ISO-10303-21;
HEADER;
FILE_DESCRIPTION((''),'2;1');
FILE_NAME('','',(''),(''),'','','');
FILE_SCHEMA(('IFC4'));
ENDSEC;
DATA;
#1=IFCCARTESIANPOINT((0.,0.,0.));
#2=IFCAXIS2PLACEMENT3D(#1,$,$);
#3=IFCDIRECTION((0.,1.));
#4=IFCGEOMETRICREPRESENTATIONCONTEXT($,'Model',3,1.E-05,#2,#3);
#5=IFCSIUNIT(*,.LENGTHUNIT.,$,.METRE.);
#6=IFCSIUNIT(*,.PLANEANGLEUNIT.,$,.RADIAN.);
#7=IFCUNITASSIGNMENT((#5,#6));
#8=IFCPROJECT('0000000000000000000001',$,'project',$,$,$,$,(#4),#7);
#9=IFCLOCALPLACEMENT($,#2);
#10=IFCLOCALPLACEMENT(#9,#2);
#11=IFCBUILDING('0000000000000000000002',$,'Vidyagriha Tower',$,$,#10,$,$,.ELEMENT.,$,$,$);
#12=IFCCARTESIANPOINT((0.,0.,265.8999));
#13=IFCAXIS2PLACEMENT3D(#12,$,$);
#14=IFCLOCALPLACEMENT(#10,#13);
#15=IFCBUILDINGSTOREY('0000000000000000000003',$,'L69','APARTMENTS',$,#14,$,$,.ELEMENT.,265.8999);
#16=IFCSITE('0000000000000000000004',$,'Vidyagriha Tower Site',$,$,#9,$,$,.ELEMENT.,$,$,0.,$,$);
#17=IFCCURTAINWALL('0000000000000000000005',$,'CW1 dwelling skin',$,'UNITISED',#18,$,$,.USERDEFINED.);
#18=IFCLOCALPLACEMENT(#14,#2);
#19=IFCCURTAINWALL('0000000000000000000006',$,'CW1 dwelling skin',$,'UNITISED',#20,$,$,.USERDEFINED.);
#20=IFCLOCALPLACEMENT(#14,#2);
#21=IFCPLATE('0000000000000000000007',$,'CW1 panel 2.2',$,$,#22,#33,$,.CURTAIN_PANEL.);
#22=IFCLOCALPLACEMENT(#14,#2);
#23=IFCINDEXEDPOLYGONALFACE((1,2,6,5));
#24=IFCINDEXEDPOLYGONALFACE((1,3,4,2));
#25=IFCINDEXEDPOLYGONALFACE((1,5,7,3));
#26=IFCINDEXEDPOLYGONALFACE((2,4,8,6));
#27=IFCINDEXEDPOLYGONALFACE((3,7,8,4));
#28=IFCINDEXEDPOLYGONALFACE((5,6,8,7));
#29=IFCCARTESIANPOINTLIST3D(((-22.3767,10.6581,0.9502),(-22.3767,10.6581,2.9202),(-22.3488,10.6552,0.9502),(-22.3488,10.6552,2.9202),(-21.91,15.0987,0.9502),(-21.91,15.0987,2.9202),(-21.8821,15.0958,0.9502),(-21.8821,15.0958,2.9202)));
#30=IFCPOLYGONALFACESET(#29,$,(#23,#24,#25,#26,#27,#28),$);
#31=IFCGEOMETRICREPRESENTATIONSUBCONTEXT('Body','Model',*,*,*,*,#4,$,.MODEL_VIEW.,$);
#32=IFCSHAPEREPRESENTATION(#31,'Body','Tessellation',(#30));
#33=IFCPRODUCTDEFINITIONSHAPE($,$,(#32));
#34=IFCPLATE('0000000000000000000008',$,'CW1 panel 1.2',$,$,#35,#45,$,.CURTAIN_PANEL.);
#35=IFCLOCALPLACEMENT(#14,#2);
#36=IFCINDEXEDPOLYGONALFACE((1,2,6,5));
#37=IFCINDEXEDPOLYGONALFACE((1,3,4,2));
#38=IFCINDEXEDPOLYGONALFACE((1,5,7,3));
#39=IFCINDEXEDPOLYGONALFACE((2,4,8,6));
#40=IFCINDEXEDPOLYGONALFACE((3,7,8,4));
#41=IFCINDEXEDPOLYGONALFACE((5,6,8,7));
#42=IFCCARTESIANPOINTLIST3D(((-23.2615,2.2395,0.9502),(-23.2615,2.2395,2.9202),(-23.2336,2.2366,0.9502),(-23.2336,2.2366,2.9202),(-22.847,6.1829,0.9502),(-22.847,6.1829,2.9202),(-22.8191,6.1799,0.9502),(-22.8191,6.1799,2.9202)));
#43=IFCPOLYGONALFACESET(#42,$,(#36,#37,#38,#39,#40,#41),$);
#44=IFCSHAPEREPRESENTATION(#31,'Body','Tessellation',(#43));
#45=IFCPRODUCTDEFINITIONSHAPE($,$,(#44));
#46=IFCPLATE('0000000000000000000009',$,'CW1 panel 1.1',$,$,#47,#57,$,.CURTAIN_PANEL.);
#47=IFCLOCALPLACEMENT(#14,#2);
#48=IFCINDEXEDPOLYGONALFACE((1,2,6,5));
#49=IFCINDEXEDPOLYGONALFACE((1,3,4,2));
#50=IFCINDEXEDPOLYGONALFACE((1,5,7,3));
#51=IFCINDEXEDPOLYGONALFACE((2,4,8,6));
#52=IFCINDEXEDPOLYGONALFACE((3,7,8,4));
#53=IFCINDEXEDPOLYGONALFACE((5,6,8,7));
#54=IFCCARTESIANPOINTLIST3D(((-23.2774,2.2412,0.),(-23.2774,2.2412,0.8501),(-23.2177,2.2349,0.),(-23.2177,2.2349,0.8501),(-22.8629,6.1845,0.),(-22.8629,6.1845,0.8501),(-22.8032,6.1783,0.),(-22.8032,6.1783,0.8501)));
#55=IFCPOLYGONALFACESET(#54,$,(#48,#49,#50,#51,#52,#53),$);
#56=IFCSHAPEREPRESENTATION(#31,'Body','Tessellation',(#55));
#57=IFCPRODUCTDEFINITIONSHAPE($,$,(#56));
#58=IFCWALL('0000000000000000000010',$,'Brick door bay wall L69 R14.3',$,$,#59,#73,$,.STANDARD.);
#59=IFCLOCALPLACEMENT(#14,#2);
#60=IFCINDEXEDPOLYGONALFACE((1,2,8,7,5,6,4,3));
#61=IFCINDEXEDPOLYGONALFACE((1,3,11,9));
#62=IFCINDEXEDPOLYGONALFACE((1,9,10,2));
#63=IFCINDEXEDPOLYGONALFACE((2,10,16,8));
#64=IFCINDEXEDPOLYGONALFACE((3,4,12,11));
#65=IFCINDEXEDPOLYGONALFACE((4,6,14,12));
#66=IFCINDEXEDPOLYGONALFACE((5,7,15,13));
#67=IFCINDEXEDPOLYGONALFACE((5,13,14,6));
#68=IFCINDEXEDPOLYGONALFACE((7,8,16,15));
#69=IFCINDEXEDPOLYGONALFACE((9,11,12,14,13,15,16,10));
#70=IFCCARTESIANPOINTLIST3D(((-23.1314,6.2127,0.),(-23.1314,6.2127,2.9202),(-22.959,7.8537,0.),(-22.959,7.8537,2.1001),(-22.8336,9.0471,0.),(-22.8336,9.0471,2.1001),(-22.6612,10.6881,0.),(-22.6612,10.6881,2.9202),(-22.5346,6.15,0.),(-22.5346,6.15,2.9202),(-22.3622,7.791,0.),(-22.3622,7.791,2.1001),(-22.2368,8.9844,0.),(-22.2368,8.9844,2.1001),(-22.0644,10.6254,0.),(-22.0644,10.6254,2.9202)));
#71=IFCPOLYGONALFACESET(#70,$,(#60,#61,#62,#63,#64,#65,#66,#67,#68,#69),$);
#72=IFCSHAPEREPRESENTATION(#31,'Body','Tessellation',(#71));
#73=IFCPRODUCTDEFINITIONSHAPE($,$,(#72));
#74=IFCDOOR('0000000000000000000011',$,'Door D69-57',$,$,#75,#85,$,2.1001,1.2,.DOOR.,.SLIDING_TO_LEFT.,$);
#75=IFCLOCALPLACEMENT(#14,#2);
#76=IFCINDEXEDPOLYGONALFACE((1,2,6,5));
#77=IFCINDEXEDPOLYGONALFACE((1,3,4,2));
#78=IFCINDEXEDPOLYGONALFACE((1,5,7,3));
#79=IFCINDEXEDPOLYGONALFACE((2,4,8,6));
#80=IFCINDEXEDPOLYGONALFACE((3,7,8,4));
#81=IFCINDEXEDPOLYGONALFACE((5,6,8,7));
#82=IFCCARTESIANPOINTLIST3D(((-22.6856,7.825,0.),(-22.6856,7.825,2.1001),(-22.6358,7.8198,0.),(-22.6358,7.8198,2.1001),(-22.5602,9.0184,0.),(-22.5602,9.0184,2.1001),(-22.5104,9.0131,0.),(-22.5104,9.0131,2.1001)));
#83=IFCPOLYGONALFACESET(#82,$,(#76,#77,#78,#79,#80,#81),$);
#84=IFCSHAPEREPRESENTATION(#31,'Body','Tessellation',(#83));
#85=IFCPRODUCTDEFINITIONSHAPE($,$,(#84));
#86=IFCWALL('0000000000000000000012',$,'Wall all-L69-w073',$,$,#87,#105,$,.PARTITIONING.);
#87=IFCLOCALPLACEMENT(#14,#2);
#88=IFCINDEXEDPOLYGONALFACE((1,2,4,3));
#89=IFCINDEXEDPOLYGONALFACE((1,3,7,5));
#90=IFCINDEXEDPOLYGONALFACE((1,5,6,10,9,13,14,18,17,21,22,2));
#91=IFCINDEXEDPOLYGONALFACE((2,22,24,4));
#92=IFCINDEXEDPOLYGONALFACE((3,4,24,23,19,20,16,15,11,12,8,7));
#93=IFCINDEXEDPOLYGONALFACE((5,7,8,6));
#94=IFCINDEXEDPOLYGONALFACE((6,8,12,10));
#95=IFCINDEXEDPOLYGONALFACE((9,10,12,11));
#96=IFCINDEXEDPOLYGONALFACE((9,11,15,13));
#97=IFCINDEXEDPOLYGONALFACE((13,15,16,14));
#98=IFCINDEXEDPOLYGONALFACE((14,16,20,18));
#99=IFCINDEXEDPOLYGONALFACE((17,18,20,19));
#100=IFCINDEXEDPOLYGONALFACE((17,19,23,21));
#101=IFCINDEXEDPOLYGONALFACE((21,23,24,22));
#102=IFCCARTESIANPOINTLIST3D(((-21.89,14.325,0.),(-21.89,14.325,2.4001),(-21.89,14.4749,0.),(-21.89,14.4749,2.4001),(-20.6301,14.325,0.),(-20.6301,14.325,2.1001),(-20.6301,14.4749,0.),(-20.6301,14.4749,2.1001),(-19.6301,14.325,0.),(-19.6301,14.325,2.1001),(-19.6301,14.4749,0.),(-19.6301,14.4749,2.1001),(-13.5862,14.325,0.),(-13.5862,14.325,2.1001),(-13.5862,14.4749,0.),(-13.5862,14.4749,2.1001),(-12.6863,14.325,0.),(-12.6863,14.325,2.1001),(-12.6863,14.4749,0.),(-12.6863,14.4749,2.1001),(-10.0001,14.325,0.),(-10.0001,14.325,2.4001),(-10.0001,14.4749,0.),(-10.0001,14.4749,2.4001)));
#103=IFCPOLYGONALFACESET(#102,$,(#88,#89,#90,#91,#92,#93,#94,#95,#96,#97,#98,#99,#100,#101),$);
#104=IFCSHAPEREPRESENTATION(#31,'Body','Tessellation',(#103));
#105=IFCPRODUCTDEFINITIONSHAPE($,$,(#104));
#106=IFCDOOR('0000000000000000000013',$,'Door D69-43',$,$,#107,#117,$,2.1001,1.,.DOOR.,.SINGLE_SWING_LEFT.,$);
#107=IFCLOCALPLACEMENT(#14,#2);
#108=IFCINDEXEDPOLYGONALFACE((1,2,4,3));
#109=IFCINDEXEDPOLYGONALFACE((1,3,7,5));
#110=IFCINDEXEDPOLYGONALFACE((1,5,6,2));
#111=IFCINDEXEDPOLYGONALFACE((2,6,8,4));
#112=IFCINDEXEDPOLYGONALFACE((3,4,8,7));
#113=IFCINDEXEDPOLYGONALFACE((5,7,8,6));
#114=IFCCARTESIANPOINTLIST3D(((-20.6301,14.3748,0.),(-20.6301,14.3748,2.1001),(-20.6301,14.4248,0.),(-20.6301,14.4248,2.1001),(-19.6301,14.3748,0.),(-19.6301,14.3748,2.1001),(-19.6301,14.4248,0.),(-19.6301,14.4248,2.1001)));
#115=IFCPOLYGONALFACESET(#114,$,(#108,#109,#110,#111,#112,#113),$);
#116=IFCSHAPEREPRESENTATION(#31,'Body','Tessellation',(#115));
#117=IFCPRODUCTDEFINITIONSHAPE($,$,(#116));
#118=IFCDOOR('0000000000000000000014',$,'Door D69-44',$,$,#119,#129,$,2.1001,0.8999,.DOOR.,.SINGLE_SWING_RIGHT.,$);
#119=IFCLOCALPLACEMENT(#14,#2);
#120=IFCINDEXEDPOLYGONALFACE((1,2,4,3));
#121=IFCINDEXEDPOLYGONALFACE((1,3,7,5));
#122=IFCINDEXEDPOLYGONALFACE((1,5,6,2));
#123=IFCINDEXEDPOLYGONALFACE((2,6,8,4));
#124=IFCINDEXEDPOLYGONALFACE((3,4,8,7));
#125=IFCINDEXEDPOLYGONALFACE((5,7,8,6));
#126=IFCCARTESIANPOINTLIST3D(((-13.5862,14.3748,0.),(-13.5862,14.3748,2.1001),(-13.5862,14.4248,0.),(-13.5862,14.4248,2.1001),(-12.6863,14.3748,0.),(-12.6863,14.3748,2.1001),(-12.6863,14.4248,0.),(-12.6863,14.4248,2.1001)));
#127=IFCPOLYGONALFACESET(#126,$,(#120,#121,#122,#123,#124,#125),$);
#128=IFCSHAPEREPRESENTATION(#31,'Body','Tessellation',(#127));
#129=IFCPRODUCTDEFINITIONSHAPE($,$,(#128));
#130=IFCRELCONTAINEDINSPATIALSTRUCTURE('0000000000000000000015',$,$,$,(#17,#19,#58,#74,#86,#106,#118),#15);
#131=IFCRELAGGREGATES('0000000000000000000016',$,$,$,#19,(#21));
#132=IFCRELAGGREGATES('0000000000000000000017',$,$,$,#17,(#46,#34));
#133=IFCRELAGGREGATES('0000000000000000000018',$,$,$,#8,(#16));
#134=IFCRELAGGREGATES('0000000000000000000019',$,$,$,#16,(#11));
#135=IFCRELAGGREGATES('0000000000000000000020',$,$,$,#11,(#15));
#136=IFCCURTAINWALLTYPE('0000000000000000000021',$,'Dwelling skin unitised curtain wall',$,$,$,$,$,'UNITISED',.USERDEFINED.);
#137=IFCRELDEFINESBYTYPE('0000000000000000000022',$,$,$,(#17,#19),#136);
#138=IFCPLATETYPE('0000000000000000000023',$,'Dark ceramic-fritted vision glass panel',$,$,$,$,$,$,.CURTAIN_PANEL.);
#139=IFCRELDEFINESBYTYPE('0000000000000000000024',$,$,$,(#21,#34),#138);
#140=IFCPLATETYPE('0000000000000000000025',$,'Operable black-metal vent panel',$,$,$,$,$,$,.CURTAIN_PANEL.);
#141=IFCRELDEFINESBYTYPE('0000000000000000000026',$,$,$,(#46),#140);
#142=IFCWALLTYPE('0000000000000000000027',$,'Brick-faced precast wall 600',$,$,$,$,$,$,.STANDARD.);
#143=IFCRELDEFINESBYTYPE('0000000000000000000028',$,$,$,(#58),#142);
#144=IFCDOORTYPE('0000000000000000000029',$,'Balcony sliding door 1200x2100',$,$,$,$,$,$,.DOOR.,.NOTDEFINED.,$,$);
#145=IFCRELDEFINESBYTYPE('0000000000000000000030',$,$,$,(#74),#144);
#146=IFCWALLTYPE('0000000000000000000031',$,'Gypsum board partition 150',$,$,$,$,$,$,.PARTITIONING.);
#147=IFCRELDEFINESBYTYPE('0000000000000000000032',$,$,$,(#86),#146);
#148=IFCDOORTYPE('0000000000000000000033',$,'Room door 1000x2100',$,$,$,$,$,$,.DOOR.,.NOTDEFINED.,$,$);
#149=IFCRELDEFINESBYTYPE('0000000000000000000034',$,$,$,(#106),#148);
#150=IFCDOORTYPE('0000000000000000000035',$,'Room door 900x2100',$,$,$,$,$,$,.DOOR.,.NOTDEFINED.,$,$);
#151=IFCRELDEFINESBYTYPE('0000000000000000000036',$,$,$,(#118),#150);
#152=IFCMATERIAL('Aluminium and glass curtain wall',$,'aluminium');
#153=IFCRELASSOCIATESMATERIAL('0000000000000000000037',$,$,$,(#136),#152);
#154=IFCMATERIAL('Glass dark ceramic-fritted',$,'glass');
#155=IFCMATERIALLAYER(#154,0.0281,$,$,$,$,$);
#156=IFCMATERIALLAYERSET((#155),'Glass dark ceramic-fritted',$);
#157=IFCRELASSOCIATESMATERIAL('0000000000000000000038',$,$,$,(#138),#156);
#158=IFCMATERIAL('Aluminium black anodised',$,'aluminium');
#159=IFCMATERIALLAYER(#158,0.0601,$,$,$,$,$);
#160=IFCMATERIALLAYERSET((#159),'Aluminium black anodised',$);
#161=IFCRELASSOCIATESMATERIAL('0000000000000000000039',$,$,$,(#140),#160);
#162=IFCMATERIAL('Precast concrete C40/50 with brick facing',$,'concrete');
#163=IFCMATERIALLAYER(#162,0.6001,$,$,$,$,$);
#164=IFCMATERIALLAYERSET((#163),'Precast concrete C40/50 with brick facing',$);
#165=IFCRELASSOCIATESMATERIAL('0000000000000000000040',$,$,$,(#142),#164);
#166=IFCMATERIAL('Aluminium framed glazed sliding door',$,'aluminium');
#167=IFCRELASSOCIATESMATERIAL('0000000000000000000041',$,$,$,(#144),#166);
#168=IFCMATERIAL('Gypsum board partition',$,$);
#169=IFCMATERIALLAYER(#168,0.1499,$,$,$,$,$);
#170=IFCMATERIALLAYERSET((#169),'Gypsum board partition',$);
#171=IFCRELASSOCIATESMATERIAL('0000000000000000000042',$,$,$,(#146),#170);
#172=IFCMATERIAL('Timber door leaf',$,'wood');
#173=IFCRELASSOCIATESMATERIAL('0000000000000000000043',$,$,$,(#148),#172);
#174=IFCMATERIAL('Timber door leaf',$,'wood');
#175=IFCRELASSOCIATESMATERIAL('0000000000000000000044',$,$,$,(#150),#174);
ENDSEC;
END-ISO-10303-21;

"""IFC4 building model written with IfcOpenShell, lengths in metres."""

from ifc_helpers import new_model, si_unit, direction, frame, frame_2d, origin, origin_2d, place, context, subcontext, project, spatial, rectangle, extrude, material, layer, layer_set, type_object, element, fill, aggregate, save


model = new_model("IFC4")

# Units and contexts
model_context = context("Model", 3, precision=1e-05, world=origin(), true_north=direction((0.0, 1.0)))
body_context = subcontext(model_context, "Body", "Model", "MODEL_VIEW")
ifc_project = project(units=[si_unit("LENGTHUNIT", "METRE"), si_unit("PLANEANGLEUNIT", "RADIAN")], contexts=[model_context])

# Site, building, storey
site_placement = place(None, origin())
site = spatial("IfcSite", under=ifc_project, at=site_placement, Name="Vidyagriha Tower Site", CompositionType="ELEMENT", RefElevation=0.0)
building_placement = place(site_placement, origin())
building = spatial("IfcBuilding", under=site, at=building_placement, Name="Vidyagriha Tower", CompositionType="ELEMENT")
storey_placement = place(building_placement, frame((0.0, 0.0, 265.8999)))
storey = spatial("IfcBuildingStorey", under=building, at=storey_placement, Name="L69", Description="APARTMENTS", CompositionType="ELEMENT", Elevation=265.8999)

# Curtain walls
ifc_material_1 = material(Name="Aluminium and glass curtain wall", Category="aluminium")
curtain_wall_type = type_object("IfcCurtainWallType", Name="Dwelling skin unitised curtain wall", ElementType="UNITISED", PredefinedType="USERDEFINED", material=ifc_material_1)
curtain_wall_1_placement = place(storey_placement, origin())
curtain_wall_1 = element("IfcCurtainWall", 1, at=curtain_wall_1_placement, inside=storey, type_object=curtain_wall_type, Name="CW1 dwelling skin", ObjectType="UNITISED", PredefinedType="USERDEFINED")
curtain_wall_2_placement = place(storey_placement, origin())
curtain_wall_2 = element("IfcCurtainWall", 2, at=curtain_wall_2_placement, inside=storey, type_object=curtain_wall_type, Name="CW1 dwelling skin", ObjectType="UNITISED", PredefinedType="USERDEFINED")

# Plates
ifc_material_2 = material(Name="Glass dark ceramic-fritted", Category="glass")
ifc_layer_1 = layer(ifc_material_2, 0.0281)
ifc_layer_set_1 = layer_set([ifc_layer_1], Name="Glass dark ceramic-fritted")
plate_type_1 = type_object("IfcPlateType", Name="Dark ceramic-fritted vision glass panel", PredefinedType="CURTAIN_PANEL", material=ifc_layer_set_1)
plate_1_placement = place(storey_placement, frame((-22.1294, 12.877, 0.9502), z_axis=(0.0, 0.0, 1.0), x_axis=(-0.104525, -0.994522, 0.0)))
plate_1 = element("IfcPlate", 3, at=plate_1_placement, type_object=plate_type_1, Name="CW1 panel 2.2", PredefinedType="CURTAIN_PANEL", context=body_context, shape_type="SweptSolid", body=[
    extrude(rectangle(XDim=4.4651, YDim=0.0281, at=origin_2d()), origin(), (0.0, 0.0, 1.0), 1.97),
])
aggregate(curtain_wall_2, [plate_1])
plate_2_placement = place(storey_placement, frame((-23.0403, 4.2097, 0.9502), z_axis=(0.0, 0.0, 1.0), x_axis=(-0.104533, -0.994521, 0.0)))
plate_2 = element("IfcPlate", 4, at=plate_2_placement, type_object=plate_type_1, Name="CW1 panel 1.2", PredefinedType="CURTAIN_PANEL", context=body_context, shape_type="SweptSolid", body=[
    extrude(rectangle(XDim=3.9651, YDim=0.0281, at=origin_2d()), origin(), (0.0, 0.0, 1.0), 1.97),
])
ifc_material_3 = material(Name="Aluminium black anodised", Category="aluminium")
ifc_layer_2 = layer(ifc_material_3, 0.0601)
ifc_layer_set_2 = layer_set([ifc_layer_2], Name="Aluminium black anodised")
plate_type_2 = type_object("IfcPlateType", Name="Operable black-metal vent panel", PredefinedType="CURTAIN_PANEL", material=ifc_layer_set_2)
plate_3_placement = place(storey_placement, frame((-23.0403, 4.2097, 0.0), z_axis=(0.0, 0.0, 1.0), x_axis=(-0.104533, -0.994521, 0.0)))
plate_3 = element("IfcPlate", 5, at=plate_3_placement, type_object=plate_type_2, Name="CW1 panel 1.1", PredefinedType="CURTAIN_PANEL", context=body_context, shape_type="SweptSolid", body=[
    extrude(rectangle(XDim=3.9651, YDim=0.0601, at=origin_2d()), origin(), (0.0, 0.0, 1.0), 0.8501),
])
aggregate(curtain_wall_1, [plate_3, plate_2])

# Wall, opening, door
ifc_material_4 = material(Name="Precast concrete C40/50 with brick facing", Category="concrete")
ifc_layer_3 = layer(ifc_material_4, 0.6001)
ifc_layer_set_3 = layer_set([ifc_layer_3], Name="Precast concrete C40/50 with brick facing")
wall_type_1 = type_object("IfcWallType", Name="Brick-faced precast wall 600", PredefinedType="STANDARD", material=ifc_layer_set_3)
wall_1_placement = place(storey_placement, frame((-22.3628, 10.6567, 0.0), z_axis=(0.0, 0.0, 1.0), x_axis=(-0.104493, -0.994526, 0.0)))
wall_1 = element("IfcWall", 6, at=wall_1_placement, inside=storey, type_object=wall_type_1, Name="Brick door bay wall L69 R14.3", PredefinedType="STANDARD", context=body_context, shape_type="SweptSolid", body=[
    extrude(rectangle(XDim=4.5, YDim=0.6001, at=frame_2d((2.25, 0.0))), origin(), (0.0, 0.0, 1.0), 2.9202),
])
opening_1_placement = place(wall_1_placement, frame((1.6499, 0.0, 0.0)))
opening_1 = element("IfcOpeningElement", 7, at=opening_1_placement, cuts=wall_1, PredefinedType="OPENING", context=body_context, shape_type="SweptSolid", body=[
    extrude(rectangle(XDim=1.2, YDim=2.1001, at=frame_2d((0.6001, 1.05))), frame((0.0, 0.3101, 0.0), z_axis=(0.0, -1.0, 0.0), x_axis=(1.0, 0.0, 0.0)), (0.0, 0.0, 1.0), 0.6201),
])
ifc_material_5 = material(Name="Aluminium framed glazed sliding door", Category="aluminium")
door_type_1 = type_object("IfcDoorType", Name="Balcony sliding door 1200x2100", OperationType="NOTDEFINED", PredefinedType="DOOR", material=ifc_material_5)
door_1_placement = place(opening_1_placement, origin())
door_1 = element("IfcDoor", 8, at=door_1_placement, inside=storey, type_object=door_type_1, Name="Door D69-57", OperationType="SLIDING_TO_LEFT", OverallHeight=2.1001, OverallWidth=1.2, PredefinedType="DOOR", context=body_context, shape_type="SweptSolid", body=[
    extrude(rectangle(XDim=1.2, YDim=2.1001, at=frame_2d((0.6001, 1.05))), frame((0.0, 0.0249, 0.0), z_axis=(0.0, -1.0, 0.0), x_axis=(1.0, 0.0, 0.0)), (0.0, 0.0, 1.0), 0.05),
])
fill(opening_1, door_1)

# Wall, openings, doors
ifc_material_6 = material(Name="Gypsum board partition")
ifc_layer_4 = layer(ifc_material_6, 0.1499)
ifc_layer_set_4 = layer_set([ifc_layer_4], Name="Gypsum board partition")
wall_type_2 = type_object("IfcWallType", Name="Gypsum board partition 150", PredefinedType="PARTITIONING", material=ifc_layer_set_4)
wall_2_placement = place(storey_placement, frame((-21.8899, 14.3999, 0.0)))
wall_2 = element("IfcWall", 9, at=wall_2_placement, inside=storey, type_object=wall_type_2, Name="Wall all-L69-w073", PredefinedType="PARTITIONING", context=body_context, shape_type="SweptSolid", body=[
    extrude(rectangle(XDim=11.8899, YDim=0.1499, at=frame_2d((5.9448, 0.0))), origin(), (0.0, 0.0, 1.0), 2.4001),
])
opening_2_placement = place(wall_2_placement, frame((1.2598, 0.0, 0.0)))
opening_2 = element("IfcOpeningElement", 10, at=opening_2_placement, cuts=wall_2, PredefinedType="OPENING", context=body_context, shape_type="SweptSolid", body=[
    extrude(rectangle(XDim=1.0, YDim=2.1001, at=frame_2d((0.5, 1.05))), frame((0.0, 0.085, 0.0), z_axis=(0.0, -1.0, 0.0), x_axis=(1.0, 0.0, 0.0)), (0.0, 0.0, 1.0), 0.1699),
])
opening_3_placement = place(wall_2_placement, frame((8.3037, 0.0, 0.0)))
opening_3 = element("IfcOpeningElement", 11, at=opening_3_placement, cuts=wall_2, PredefinedType="OPENING", context=body_context, shape_type="SweptSolid", body=[
    extrude(rectangle(XDim=0.8999, YDim=2.1001, at=frame_2d((0.45, 1.05))), frame((0.0, 0.085, 0.0), z_axis=(0.0, -1.0, 0.0), x_axis=(1.0, 0.0, 0.0)), (0.0, 0.0, 1.0), 0.1699),
])
ifc_material_7 = material(Name="Timber door leaf", Category="wood")
door_type_2 = type_object("IfcDoorType", Name="Room door 1000x2100", OperationType="NOTDEFINED", PredefinedType="DOOR", material=ifc_material_7)
door_2_placement = place(opening_2_placement, origin())
door_2 = element("IfcDoor", 12, at=door_2_placement, inside=storey, type_object=door_type_2, Name="Door D69-43", OperationType="SINGLE_SWING_LEFT", OverallHeight=2.1001, OverallWidth=1.0, PredefinedType="DOOR", context=body_context, shape_type="SweptSolid", body=[
    extrude(rectangle(XDim=1.0, YDim=2.1001, at=frame_2d((0.5, 1.05))), frame((0.0, 0.0249, 0.0), z_axis=(0.0, -1.0, 0.0), x_axis=(1.0, 0.0, 0.0)), (0.0, 0.0, 1.0), 0.05),
])
fill(opening_2, door_2)
ifc_material_8 = material(Name="Timber door leaf", Category="wood")
door_type_3 = type_object("IfcDoorType", Name="Room door 900x2100", OperationType="NOTDEFINED", PredefinedType="DOOR", material=ifc_material_8)
door_3_placement = place(opening_3_placement, origin())
door_3 = element("IfcDoor", 13, at=door_3_placement, inside=storey, type_object=door_type_3, Name="Door D69-44", OperationType="SINGLE_SWING_RIGHT", OverallHeight=2.1001, OverallWidth=0.8999, PredefinedType="DOOR", context=body_context, shape_type="SweptSolid", body=[
    extrude(rectangle(XDim=0.8999, YDim=2.1001, at=frame_2d((0.45, 1.05))), frame((0.0, 0.0249, 0.0), z_axis=(0.0, -1.0, 0.0), x_axis=(1.0, 0.0, 0.0)), (0.0, 0.0, 1.0), 0.05),
])
fill(opening_3, door_3)

save(model, "model.ifc")
